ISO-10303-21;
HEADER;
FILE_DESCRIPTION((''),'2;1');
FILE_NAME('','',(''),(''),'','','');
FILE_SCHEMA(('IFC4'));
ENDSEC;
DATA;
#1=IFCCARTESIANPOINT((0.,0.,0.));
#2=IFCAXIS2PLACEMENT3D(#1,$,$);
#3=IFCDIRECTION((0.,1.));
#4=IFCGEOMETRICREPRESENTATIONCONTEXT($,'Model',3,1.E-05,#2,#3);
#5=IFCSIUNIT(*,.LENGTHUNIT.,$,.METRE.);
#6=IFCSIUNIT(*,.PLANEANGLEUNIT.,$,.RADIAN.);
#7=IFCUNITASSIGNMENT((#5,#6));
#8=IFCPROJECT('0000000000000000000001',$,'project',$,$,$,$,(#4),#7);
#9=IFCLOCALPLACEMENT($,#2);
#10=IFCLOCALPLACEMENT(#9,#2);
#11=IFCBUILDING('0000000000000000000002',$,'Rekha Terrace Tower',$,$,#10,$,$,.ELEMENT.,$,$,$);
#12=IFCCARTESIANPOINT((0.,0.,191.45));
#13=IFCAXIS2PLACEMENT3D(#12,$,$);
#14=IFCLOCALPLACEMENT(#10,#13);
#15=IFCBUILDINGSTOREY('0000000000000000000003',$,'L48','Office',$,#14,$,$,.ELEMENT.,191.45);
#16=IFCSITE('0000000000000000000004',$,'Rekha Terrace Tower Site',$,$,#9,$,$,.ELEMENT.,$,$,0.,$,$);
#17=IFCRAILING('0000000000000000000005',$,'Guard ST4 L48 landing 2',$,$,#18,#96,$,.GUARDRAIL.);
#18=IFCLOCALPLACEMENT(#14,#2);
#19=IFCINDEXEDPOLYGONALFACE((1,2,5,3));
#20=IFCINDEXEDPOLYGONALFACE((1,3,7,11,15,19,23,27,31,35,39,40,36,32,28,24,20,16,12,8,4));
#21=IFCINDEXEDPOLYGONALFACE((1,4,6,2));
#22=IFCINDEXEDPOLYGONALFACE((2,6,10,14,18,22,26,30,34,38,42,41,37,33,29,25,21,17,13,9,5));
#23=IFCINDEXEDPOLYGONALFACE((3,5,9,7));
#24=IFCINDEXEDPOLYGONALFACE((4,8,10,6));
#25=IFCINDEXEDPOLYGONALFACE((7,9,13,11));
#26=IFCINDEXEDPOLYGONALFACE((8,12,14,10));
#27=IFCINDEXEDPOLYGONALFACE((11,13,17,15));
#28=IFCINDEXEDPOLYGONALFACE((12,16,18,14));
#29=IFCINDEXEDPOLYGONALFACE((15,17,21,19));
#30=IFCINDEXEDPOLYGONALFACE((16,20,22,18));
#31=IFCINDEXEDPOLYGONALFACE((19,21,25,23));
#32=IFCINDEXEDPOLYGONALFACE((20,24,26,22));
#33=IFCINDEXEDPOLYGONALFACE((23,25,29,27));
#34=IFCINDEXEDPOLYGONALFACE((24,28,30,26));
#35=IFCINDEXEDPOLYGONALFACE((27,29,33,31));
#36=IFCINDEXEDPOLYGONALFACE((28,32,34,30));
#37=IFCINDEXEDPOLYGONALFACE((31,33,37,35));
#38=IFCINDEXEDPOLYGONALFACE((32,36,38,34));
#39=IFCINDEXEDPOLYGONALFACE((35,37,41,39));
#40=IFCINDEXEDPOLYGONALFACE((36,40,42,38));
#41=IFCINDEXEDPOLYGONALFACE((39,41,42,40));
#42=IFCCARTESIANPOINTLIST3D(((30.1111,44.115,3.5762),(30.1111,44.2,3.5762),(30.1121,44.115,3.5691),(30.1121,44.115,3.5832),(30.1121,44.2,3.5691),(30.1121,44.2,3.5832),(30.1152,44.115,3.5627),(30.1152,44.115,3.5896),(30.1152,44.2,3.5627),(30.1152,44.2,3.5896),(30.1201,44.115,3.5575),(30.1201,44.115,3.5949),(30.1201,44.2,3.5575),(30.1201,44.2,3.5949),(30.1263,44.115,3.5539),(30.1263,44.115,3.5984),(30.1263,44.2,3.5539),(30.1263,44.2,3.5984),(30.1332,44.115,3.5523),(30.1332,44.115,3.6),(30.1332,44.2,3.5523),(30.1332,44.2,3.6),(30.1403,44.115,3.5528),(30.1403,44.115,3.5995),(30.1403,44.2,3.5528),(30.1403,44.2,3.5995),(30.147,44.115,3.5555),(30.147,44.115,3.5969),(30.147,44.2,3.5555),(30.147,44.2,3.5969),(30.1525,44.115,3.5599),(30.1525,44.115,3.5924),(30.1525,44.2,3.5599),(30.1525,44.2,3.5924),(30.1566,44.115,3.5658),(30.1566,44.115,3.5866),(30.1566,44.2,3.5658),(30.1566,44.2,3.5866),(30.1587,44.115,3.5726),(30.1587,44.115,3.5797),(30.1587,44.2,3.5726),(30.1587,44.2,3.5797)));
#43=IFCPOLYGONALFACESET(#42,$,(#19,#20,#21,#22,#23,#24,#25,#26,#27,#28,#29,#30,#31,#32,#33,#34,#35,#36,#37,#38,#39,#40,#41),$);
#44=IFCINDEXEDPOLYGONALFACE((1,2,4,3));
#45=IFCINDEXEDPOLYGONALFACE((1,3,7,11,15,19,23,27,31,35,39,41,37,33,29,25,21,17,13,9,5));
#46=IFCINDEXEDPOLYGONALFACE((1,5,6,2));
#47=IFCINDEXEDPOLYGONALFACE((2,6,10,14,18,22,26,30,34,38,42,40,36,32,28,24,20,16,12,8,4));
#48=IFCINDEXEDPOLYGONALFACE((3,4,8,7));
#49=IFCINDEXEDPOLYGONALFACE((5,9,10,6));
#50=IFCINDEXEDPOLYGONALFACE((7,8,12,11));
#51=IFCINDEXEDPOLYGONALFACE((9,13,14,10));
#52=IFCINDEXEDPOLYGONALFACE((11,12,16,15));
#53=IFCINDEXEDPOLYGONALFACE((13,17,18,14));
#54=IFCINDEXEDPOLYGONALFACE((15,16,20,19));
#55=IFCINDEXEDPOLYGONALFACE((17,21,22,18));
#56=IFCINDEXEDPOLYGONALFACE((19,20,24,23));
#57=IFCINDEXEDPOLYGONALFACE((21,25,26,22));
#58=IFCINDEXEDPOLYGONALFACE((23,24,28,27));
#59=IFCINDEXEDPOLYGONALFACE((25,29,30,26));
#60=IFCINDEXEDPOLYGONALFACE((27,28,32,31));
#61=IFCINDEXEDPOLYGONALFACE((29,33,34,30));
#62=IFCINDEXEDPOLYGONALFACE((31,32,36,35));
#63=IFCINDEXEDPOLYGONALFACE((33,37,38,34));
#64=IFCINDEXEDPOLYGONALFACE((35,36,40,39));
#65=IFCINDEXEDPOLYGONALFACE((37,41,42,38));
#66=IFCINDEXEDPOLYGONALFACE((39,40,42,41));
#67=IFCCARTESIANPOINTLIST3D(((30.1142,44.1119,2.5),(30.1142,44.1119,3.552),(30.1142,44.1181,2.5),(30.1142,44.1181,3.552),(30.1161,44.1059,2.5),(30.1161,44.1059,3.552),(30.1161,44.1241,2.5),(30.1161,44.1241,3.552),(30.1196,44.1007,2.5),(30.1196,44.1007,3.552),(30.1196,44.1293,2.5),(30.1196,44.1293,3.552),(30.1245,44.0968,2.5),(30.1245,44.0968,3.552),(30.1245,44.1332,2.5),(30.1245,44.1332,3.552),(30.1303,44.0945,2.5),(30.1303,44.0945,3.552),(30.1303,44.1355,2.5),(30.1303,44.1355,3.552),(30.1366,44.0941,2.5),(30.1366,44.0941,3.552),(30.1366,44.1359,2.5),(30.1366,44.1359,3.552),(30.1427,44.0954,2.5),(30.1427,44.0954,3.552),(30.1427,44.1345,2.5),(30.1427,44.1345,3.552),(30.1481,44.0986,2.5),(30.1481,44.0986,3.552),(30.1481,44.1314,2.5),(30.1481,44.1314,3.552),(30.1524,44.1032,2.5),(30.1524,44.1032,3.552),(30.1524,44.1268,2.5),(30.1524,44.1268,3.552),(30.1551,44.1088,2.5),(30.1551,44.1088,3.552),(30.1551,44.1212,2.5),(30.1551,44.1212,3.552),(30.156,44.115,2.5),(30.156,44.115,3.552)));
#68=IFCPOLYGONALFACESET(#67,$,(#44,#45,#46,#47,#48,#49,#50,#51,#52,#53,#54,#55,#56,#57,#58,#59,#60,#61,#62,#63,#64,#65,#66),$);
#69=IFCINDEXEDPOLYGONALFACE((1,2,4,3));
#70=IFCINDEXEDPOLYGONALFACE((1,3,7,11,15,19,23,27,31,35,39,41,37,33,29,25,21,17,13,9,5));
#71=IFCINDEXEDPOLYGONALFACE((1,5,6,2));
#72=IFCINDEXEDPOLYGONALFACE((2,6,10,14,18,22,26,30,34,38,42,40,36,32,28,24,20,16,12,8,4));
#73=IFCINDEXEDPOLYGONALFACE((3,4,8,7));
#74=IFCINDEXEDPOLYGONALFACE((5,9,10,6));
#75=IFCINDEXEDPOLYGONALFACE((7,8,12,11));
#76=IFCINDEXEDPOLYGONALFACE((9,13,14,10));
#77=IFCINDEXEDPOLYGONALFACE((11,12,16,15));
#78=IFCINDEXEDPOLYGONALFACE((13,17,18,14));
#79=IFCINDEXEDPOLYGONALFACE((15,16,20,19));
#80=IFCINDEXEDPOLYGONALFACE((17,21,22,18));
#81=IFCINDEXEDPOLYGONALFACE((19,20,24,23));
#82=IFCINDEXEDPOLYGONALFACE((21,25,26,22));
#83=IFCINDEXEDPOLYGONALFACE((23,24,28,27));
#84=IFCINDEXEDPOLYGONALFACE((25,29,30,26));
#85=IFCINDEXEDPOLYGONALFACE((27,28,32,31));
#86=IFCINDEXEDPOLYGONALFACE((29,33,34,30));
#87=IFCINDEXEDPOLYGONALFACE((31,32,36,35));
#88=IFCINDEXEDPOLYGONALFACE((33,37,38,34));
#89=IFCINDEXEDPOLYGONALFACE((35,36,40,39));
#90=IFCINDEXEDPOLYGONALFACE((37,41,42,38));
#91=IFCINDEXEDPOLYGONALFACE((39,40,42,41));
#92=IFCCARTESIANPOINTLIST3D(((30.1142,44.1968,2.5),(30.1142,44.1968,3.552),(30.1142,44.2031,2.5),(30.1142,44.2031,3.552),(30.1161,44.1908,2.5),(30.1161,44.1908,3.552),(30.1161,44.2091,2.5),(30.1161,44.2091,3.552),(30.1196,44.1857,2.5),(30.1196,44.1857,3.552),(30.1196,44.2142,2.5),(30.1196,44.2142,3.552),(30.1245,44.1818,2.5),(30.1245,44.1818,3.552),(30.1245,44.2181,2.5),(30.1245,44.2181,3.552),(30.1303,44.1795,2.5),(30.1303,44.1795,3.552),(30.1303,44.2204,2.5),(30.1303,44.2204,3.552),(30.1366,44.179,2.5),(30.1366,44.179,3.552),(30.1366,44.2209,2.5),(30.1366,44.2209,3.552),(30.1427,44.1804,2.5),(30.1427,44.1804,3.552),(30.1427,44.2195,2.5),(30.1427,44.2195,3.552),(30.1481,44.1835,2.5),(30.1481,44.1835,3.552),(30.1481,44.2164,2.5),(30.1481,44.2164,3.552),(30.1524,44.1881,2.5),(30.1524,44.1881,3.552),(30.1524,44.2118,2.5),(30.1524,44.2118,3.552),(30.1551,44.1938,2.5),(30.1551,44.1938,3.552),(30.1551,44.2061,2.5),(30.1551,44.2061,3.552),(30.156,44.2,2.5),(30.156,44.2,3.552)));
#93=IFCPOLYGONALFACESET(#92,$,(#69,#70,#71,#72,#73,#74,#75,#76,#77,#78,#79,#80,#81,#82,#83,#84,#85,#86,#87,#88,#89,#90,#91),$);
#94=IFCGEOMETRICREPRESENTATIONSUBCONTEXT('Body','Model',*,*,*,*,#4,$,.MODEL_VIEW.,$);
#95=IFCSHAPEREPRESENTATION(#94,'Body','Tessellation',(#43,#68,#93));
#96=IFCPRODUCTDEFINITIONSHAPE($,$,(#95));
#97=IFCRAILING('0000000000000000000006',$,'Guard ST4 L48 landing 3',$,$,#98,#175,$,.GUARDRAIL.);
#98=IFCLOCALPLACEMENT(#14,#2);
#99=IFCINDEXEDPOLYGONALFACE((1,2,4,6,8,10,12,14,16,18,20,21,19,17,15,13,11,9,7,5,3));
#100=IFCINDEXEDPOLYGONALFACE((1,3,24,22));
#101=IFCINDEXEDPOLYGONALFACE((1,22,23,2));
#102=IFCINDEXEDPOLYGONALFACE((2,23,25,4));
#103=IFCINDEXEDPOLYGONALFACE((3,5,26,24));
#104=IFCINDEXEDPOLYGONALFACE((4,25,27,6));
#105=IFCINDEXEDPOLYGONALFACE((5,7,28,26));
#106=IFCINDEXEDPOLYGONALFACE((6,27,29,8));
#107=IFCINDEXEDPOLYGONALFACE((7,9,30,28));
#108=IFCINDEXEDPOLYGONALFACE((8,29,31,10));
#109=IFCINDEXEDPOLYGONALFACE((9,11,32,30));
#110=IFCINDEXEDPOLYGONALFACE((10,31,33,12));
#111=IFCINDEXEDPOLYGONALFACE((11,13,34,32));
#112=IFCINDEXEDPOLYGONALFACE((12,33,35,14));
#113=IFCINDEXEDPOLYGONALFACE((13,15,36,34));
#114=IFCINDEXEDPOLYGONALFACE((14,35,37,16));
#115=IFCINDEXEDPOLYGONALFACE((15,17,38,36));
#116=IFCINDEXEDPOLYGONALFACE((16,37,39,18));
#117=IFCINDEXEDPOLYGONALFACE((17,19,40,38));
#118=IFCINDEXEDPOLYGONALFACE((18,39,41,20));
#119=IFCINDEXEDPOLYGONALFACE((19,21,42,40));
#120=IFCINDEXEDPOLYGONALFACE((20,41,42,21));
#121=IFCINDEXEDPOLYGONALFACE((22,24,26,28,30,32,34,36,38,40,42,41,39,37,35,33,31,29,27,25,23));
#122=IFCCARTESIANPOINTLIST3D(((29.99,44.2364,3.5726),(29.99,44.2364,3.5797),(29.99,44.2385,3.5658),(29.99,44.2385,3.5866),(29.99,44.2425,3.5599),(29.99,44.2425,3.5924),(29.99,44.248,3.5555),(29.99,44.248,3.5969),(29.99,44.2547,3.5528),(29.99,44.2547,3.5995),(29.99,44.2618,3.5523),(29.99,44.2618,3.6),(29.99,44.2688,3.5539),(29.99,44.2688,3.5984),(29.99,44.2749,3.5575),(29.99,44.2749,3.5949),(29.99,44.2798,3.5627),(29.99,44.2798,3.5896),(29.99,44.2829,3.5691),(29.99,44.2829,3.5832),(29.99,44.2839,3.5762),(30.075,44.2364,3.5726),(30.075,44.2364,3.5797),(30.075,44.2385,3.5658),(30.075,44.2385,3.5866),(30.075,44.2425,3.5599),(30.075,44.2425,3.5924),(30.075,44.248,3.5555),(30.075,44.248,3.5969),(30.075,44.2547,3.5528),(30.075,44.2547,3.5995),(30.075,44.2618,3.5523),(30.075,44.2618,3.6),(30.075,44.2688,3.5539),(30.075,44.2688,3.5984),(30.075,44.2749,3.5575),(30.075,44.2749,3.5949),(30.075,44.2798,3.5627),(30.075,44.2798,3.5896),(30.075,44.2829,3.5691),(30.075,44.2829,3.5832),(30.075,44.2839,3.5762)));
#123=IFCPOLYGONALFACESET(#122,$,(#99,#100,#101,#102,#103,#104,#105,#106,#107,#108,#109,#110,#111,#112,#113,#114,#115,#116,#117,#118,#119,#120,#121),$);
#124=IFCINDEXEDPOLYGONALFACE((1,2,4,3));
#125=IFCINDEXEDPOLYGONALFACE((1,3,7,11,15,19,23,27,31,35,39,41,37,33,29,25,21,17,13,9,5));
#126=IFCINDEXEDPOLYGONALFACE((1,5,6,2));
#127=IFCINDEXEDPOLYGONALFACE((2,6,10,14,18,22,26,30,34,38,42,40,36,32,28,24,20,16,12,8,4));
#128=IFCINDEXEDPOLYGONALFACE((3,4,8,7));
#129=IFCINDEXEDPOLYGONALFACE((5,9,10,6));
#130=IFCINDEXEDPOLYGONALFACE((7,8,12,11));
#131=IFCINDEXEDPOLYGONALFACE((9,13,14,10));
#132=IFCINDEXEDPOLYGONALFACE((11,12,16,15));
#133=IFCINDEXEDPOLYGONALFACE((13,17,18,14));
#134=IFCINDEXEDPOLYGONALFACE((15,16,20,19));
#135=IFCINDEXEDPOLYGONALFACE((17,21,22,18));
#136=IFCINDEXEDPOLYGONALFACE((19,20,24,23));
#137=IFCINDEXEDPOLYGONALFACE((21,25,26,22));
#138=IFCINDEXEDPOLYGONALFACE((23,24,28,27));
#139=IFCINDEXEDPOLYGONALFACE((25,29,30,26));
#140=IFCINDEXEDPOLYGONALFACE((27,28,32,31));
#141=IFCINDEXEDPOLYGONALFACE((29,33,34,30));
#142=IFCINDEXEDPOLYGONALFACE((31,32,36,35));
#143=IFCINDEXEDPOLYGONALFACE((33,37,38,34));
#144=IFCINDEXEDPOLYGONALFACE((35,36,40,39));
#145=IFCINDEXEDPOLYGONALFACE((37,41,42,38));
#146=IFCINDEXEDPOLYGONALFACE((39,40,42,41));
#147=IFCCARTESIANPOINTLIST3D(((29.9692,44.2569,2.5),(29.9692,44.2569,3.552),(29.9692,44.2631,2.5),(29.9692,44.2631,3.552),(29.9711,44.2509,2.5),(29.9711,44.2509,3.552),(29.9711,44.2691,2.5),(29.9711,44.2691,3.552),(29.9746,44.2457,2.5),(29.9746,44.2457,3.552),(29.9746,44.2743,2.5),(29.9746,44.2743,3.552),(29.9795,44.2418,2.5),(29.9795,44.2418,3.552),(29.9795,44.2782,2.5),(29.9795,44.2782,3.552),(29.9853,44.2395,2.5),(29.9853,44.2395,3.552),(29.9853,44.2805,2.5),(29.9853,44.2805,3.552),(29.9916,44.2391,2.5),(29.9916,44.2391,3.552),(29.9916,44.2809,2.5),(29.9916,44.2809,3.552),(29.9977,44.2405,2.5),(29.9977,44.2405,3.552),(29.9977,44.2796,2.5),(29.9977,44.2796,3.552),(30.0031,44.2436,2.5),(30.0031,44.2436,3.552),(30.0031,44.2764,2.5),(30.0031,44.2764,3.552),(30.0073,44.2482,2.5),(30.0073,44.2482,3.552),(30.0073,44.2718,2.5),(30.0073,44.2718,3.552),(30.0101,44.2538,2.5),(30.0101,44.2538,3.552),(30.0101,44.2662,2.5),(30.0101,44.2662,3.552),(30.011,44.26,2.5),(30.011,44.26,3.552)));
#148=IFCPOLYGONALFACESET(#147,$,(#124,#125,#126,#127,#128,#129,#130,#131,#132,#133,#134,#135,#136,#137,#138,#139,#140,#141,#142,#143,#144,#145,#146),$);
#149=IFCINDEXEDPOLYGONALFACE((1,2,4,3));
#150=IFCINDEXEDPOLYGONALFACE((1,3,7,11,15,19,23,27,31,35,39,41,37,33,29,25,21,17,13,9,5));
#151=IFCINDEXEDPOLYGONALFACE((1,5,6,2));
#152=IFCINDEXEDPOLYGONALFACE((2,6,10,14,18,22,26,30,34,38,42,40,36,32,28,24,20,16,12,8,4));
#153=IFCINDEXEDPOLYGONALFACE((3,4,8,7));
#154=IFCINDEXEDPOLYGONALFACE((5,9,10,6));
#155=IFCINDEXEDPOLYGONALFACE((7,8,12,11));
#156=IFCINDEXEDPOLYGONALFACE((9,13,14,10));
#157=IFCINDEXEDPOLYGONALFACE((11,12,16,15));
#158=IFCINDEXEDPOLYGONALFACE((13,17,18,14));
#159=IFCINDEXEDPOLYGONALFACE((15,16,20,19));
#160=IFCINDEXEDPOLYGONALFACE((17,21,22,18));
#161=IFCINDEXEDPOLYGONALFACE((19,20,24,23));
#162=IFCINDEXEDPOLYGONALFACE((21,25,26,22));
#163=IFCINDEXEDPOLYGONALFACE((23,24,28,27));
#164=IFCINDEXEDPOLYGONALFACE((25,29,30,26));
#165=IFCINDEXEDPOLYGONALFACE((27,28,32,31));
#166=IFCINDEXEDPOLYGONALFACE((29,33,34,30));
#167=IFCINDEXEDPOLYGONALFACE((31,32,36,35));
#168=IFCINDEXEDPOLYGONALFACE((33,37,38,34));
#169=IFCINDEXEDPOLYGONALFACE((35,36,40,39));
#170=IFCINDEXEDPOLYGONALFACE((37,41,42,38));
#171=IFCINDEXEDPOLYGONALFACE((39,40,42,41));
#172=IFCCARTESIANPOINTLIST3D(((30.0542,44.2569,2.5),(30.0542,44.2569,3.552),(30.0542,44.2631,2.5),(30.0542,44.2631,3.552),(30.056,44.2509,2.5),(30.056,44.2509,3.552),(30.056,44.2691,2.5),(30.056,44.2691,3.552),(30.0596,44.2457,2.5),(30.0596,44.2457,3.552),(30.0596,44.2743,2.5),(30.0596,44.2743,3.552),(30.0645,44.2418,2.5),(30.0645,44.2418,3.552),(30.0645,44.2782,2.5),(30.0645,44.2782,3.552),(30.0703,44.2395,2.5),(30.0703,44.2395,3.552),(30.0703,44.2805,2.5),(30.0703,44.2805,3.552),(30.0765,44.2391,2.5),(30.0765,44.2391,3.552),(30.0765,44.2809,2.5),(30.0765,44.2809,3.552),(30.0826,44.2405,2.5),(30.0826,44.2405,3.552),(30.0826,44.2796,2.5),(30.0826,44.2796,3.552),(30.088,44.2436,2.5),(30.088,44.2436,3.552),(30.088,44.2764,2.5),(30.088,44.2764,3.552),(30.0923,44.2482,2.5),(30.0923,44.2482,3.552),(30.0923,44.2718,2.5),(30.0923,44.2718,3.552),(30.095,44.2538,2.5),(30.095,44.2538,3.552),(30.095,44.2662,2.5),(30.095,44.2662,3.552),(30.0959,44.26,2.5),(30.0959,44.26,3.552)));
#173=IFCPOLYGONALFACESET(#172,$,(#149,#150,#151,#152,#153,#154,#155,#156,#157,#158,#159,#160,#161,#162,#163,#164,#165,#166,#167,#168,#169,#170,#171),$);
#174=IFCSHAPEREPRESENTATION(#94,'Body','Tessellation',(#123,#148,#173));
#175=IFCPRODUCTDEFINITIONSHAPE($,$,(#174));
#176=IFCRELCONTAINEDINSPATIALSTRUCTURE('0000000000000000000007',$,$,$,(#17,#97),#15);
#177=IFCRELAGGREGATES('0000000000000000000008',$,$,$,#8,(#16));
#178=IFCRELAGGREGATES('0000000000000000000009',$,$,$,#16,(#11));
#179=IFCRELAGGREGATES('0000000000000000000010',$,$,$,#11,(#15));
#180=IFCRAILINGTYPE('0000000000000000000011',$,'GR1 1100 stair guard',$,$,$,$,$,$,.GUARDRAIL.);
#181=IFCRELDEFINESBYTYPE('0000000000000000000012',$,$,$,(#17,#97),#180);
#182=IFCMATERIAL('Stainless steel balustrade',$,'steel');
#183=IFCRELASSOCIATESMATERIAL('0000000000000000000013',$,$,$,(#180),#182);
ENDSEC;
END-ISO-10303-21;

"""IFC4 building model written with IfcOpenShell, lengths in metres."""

from ifc_helpers import new_model, si_unit, direction, frame, origin, origin_2d, place, context, subcontext, project, spatial, circle, extrude, material, type_object, element, save


model = new_model("IFC4")

# Units and contexts
model_context = context("Model", 3, precision=1e-05, world=origin(), true_north=direction((0.0, 1.0)))
body_context = subcontext(model_context, "Body", "Model", "MODEL_VIEW")
ifc_project = project(units=[si_unit("LENGTHUNIT", "METRE"), si_unit("PLANEANGLEUNIT", "RADIAN")], contexts=[model_context])

# Site, building, storey
site_placement = place(None, origin())
site = spatial("IfcSite", under=ifc_project, at=site_placement, Name="Rekha Terrace Tower Site", CompositionType="ELEMENT", RefElevation=0.0)
building_placement = place(site_placement, origin())
building = spatial("IfcBuilding", under=site, at=building_placement, Name="Rekha Terrace Tower", CompositionType="ELEMENT")
storey_placement = place(building_placement, frame((0.0, 0.0, 191.45)))
storey = spatial("IfcBuildingStorey", under=building, at=storey_placement, Name="L48", Description="Office", CompositionType="ELEMENT", Elevation=191.45)

# Railings
ifc_material_1 = material(Name="Stainless steel balustrade", Category="steel")
railing_type_1 = type_object("IfcRailingType", Name="GR1 1100 stair guard", PredefinedType="GUARDRAIL", material=ifc_material_1)
railing_1_placement = place(storey_placement, frame((30.135, 44.115, 2.5)))
element("IfcRailing", 1, at=railing_1_placement, inside=storey, type_object=railing_type_1, Name="Guard ST4 L48 landing 2", PredefinedType="GUARDRAIL", context=body_context, shape_type="SweptSolid", body=[
    extrude(circle(Radius=0.0239, at=origin_2d()), frame((0.0, 0.0, 1.0762), z_axis=(0.0, 1.0, 0.0), x_axis=(-1.0, 0.0, 0.0)), (0.0, 0.0, 1.0), 0.085),
    extrude(circle(Radius=0.021, at=origin_2d()), origin(), (0.0, 0.0, 1.0), 1.052),
    extrude(circle(Radius=0.021, at=origin_2d()), frame((0.0, 0.085, 0.0)), (0.0, 0.0, 1.0), 1.052),
])
railing_2_placement = place(storey_placement, frame((29.99, 44.26, 2.5)))
element("IfcRailing", 2, at=railing_2_placement, inside=storey, type_object=railing_type_1, Name="Guard ST4 L48 landing 3", PredefinedType="GUARDRAIL", context=body_context, shape_type="SweptSolid", body=[
    extrude(circle(Radius=0.0239, at=origin_2d()), frame((0.0, 0.0, 1.0762), z_axis=(1.0, 0.0, 0.0), x_axis=(0.0, 1.0, 0.0)), (0.0, 0.0, 1.0), 0.085),
    extrude(circle(Radius=0.021, at=origin_2d()), origin(), (0.0, 0.0, 1.0), 1.052),
    extrude(circle(Radius=0.021, at=origin_2d()), frame((0.085, 0.0, 0.0)), (0.0, 0.0, 1.0), 1.052),
])

save(model, "model.ifc")
